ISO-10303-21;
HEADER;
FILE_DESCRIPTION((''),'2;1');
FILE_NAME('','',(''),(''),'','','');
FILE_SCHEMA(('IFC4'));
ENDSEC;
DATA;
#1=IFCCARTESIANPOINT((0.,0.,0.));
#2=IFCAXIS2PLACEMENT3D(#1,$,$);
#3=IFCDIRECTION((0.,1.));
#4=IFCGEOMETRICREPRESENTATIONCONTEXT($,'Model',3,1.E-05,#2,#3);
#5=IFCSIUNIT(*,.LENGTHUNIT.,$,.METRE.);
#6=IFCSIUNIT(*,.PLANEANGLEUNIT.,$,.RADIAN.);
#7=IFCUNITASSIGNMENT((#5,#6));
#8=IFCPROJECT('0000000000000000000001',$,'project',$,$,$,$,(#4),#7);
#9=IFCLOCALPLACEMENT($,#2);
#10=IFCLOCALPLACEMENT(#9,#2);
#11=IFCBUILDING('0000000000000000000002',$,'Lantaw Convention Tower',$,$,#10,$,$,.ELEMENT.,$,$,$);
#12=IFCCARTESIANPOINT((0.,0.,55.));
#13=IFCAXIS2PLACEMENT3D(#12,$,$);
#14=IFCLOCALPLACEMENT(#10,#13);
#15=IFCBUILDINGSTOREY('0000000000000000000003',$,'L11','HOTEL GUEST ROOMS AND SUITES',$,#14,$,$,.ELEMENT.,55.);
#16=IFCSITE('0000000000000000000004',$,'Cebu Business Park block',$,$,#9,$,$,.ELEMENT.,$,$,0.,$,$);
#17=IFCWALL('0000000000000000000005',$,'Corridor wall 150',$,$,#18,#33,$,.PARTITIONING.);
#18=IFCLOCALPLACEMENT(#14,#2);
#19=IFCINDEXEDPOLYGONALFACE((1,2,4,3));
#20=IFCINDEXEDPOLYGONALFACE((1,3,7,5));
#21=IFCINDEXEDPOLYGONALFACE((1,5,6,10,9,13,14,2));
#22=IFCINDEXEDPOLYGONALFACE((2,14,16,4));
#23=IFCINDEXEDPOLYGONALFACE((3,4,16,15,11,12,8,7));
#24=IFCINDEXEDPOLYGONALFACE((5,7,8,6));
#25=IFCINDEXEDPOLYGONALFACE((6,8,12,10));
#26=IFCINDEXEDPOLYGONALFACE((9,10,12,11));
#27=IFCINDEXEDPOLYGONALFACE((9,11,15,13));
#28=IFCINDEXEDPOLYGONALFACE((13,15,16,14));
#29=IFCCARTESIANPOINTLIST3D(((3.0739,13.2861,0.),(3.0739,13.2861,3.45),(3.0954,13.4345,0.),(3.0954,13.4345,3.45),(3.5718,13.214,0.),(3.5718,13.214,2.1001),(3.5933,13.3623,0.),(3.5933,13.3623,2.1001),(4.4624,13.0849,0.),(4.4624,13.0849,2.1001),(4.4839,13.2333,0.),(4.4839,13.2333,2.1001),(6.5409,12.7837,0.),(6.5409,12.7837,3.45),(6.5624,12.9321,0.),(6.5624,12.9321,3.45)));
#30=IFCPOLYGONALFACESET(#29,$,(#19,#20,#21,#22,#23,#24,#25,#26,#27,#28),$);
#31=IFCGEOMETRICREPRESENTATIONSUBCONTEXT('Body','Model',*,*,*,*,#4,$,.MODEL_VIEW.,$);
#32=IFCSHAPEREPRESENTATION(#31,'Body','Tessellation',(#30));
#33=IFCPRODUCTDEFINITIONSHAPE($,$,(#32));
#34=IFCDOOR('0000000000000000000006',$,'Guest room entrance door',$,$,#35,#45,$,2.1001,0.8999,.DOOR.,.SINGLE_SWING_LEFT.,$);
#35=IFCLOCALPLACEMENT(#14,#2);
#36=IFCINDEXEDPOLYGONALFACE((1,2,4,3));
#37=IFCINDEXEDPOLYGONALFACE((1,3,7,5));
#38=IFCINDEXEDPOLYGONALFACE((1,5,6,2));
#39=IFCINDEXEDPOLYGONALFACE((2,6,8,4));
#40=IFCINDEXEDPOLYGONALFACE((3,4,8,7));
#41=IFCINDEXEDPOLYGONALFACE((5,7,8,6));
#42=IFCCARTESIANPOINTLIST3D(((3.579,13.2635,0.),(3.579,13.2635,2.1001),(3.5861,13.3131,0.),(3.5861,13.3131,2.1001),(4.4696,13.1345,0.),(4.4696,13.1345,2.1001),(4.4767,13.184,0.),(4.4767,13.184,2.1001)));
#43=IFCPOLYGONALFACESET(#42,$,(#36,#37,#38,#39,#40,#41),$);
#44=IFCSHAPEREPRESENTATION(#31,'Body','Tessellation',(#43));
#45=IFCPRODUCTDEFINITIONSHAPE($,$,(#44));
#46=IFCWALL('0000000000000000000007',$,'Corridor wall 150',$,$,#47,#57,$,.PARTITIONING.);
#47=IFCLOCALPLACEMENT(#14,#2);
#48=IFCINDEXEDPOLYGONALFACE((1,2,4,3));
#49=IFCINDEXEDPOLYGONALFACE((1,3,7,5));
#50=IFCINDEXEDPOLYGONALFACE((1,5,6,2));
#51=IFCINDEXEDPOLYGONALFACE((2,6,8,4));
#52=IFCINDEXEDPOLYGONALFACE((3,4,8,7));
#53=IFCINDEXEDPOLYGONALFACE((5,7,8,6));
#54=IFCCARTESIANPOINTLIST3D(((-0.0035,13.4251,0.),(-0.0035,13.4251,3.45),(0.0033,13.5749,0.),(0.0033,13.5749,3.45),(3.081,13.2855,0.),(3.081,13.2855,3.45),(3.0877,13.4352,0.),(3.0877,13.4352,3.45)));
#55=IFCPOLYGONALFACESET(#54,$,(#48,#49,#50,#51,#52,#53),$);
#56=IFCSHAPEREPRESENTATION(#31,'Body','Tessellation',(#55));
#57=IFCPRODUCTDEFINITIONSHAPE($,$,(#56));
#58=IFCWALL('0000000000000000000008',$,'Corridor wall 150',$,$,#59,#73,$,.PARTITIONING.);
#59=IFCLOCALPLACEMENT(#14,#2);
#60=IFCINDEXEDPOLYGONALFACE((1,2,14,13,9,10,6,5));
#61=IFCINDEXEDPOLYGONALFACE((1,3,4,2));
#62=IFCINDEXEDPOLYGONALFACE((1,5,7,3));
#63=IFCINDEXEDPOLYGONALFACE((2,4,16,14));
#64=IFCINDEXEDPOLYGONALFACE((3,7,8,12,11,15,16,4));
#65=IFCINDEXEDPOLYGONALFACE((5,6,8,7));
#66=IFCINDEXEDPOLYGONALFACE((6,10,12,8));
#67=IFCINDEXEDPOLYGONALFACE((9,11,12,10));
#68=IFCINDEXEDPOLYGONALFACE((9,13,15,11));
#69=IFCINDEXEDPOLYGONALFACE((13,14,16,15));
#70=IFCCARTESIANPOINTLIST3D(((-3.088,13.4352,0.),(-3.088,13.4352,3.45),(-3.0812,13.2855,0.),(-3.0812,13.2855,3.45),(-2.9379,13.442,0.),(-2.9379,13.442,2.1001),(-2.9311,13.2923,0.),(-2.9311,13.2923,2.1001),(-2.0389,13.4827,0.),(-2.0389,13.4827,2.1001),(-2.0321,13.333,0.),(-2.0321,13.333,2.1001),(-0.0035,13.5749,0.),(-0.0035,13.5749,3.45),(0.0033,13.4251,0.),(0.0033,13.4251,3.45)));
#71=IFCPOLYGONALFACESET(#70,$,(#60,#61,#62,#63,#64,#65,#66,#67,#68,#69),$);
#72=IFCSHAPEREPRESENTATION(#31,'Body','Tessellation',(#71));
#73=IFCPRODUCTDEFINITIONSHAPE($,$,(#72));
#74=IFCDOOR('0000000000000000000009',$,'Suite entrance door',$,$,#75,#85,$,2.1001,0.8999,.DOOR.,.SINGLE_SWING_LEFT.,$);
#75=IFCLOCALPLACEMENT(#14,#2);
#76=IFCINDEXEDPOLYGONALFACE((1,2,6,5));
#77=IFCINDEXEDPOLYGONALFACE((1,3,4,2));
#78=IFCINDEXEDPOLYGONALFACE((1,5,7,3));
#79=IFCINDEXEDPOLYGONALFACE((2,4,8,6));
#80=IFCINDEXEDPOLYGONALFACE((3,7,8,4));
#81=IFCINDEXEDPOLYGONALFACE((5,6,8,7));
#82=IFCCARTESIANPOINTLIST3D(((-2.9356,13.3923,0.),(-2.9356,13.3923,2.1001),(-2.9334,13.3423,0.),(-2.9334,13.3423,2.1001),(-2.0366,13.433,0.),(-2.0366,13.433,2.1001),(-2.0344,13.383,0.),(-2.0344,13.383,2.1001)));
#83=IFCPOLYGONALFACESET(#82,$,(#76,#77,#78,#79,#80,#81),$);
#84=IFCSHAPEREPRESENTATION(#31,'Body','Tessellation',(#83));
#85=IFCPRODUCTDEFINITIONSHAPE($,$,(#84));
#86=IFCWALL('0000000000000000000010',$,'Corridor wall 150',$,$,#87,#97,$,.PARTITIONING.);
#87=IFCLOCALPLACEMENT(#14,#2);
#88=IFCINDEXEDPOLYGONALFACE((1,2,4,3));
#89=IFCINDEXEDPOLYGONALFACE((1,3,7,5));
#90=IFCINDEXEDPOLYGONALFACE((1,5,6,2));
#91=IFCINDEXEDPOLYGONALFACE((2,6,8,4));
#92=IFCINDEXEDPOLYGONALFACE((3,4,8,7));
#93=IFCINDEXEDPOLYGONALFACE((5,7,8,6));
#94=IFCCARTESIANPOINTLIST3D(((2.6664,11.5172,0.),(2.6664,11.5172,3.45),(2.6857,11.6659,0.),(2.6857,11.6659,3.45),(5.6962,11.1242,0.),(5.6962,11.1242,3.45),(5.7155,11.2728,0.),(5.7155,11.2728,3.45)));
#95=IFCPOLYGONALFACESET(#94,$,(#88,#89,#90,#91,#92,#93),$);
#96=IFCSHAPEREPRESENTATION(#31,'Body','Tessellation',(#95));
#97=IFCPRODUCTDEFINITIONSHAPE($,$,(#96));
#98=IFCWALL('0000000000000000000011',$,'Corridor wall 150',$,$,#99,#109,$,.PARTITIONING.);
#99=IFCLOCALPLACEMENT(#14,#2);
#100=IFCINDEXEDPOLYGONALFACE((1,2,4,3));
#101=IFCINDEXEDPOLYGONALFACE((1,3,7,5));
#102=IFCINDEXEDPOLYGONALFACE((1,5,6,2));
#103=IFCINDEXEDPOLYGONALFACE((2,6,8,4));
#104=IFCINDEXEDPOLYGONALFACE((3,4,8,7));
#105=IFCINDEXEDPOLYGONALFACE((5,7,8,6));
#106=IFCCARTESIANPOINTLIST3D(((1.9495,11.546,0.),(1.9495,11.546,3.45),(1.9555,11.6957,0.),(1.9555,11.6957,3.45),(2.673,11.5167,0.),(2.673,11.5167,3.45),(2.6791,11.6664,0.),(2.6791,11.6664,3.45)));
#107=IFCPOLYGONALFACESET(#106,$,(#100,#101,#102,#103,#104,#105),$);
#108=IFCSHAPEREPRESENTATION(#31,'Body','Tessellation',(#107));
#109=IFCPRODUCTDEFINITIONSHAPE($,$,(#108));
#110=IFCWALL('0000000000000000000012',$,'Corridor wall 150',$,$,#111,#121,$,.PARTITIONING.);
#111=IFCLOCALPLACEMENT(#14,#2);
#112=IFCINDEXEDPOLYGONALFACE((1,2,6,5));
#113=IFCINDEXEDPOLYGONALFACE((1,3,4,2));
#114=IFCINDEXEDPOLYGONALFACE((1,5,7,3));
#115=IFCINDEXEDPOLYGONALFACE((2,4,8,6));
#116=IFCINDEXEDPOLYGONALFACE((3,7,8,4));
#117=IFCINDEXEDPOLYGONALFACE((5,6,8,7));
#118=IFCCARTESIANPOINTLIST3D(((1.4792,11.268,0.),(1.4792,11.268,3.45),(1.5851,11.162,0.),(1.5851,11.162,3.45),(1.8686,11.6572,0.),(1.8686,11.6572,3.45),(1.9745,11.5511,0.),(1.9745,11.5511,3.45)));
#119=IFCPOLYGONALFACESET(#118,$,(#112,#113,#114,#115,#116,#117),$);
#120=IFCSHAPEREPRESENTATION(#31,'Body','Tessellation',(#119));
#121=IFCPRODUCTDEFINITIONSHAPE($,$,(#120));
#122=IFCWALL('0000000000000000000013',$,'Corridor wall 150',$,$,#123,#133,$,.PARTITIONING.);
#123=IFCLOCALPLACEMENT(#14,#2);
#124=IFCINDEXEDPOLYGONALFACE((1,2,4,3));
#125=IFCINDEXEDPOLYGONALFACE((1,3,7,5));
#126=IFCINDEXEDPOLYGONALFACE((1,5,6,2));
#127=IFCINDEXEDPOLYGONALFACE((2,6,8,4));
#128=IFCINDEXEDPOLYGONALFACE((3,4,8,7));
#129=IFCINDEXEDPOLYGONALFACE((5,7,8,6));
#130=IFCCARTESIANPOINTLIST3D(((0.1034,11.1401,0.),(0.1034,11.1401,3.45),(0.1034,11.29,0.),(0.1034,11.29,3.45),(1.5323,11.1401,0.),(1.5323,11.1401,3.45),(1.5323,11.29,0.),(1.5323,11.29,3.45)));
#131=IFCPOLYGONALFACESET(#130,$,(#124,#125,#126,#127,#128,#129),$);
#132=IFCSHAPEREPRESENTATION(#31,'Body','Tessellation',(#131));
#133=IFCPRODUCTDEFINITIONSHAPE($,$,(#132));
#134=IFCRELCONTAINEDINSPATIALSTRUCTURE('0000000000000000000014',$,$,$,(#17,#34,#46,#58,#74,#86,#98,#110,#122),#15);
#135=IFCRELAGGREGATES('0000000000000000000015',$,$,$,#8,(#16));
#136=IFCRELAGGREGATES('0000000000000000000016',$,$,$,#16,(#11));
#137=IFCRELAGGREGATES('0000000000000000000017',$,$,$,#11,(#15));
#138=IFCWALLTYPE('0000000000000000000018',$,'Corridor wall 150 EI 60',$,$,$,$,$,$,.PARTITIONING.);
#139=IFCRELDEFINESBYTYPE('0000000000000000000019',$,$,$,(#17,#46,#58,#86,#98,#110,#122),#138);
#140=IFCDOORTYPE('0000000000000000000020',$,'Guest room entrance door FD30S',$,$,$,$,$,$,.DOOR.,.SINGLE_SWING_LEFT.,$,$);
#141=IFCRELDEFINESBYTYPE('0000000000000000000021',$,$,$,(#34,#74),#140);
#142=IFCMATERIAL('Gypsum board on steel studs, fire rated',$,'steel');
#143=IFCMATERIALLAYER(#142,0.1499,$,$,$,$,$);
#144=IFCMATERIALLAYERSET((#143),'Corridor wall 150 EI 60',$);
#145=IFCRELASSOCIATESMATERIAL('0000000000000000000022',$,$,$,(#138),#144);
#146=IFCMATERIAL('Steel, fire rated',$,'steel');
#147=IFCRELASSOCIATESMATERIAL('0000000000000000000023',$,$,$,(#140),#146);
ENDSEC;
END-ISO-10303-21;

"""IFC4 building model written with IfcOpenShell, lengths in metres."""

from ifc_helpers import new_model, si_unit, direction, frame, frame_2d, origin, place, context, subcontext, project, spatial, rectangle, extrude, material, layer, layer_set, type_object, element, fill, save


model = new_model("IFC4")

# Units and contexts
model_context = context("Model", 3, precision=1e-05, world=origin(), true_north=direction((0.0, 1.0)))
body_context = subcontext(model_context, "Body", "Model", "MODEL_VIEW")
ifc_project = project(units=[si_unit("LENGTHUNIT", "METRE"), si_unit("PLANEANGLEUNIT", "RADIAN")], contexts=[model_context])

# Site, building, storey
site_placement = place(None, origin())
site = spatial("IfcSite", under=ifc_project, at=site_placement, Name="Cebu Business Park block", CompositionType="ELEMENT", RefElevation=0.0)
building_placement = place(site_placement, origin())
building = spatial("IfcBuilding", under=site, at=building_placement, Name="Lantaw Convention Tower", CompositionType="ELEMENT")
storey_placement = place(building_placement, frame((0.0, 0.0, 55.0)))
storey = spatial("IfcBuildingStorey", under=building, at=storey_placement, Name="L11", Description="HOTEL GUEST ROOMS AND SUITES", CompositionType="ELEMENT", Elevation=55.0)

# Wall, opening, door
ifc_material_1 = material(Name="Gypsum board on steel studs, fire rated", Category="steel")
ifc_layer_1 = layer(ifc_material_1, 0.1499)
ifc_layer_set_1 = layer_set([ifc_layer_1], Name="Corridor wall 150 EI 60")
wall_type_1 = type_object("IfcWallType", Name="Corridor wall 150 EI 60", PredefinedType="PARTITIONING", material=ifc_layer_set_1)
ifc_material_2 = material(Name="Steel, fire rated", Category="steel")
door_type_1 = type_object("IfcDoorType", Name="Guest room entrance door FD30S", OperationType="SINGLE_SWING_LEFT", PredefinedType="DOOR", material=ifc_material_2)
wall_1_placement = place(storey_placement, frame((6.5515, 12.8579, 0.0), z_axis=(0.0, 0.0, 1.0), x_axis=(-0.989662, 0.143421, 0.0)))
wall_1 = element("IfcWall", 1, at=wall_1_placement, inside=storey, type_object=wall_type_1, Name="Corridor wall 150", PredefinedType="PARTITIONING", context=body_context, shape_type="SweptSolid", body=[
    extrude(rectangle(XDim=3.5032, YDim=0.1499, at=frame_2d((1.7515, 0.0))), origin(), (0.0, 0.0, 1.0), 3.45),
])
opening_1_placement = place(wall_1_placement, frame((2.1001, 0.0, 0.0)))
opening_1 = element("IfcOpeningElement", 2, at=opening_1_placement, cuts=wall_1, PredefinedType="OPENING", context=body_context, shape_type="SweptSolid", body=[
    extrude(rectangle(XDim=0.8999, YDim=2.1001, at=frame_2d((0.45, 1.05))), frame((0.0, 0.085, 0.0), z_axis=(0.0, -1.0, 0.0), x_axis=(1.0, 0.0, 0.0)), (0.0, 0.0, 1.0), 0.1699),
])
door_1_placement = place(opening_1_placement, origin())
door_1 = element("IfcDoor", 3, at=door_1_placement, inside=storey, type_object=door_type_1, Name="Guest room entrance door", OperationType="SINGLE_SWING_LEFT", OverallHeight=2.1001, OverallWidth=0.8999, PredefinedType="DOOR", context=body_context, shape_type="SweptSolid", body=[
    extrude(rectangle(XDim=0.8999, YDim=2.1001, at=frame_2d((0.45, 1.05))), frame((0.0, 0.0249, 0.0), z_axis=(0.0, -1.0, 0.0), x_axis=(1.0, 0.0, 0.0)), (0.0, 0.0, 1.0), 0.05),
])
fill(opening_1, door_1)

# Wall
wall_2_placement = place(storey_placement, frame((3.0845, 13.3604, 0.0), z_axis=(0.0, 0.0, 1.0), x_axis=(-0.998977, 0.045228, 0.0)))
element("IfcWall", 4, at=wall_2_placement, inside=storey, type_object=wall_type_1, Name="Corridor wall 150", PredefinedType="PARTITIONING", context=body_context, shape_type="SweptSolid", body=[
    extrude(rectangle(XDim=3.0876, YDim=0.1499, at=frame_2d((1.5439, 0.0))), origin(), (0.0, 0.0, 1.0), 3.45),
])

# Wall, opening, door
wall_3_placement = place(storey_placement, frame((0.0, 13.5, 0.0), z_axis=(0.0, 0.0, 1.0), x_axis=(-0.998977, -0.045228, 0.0)))
wall_3 = element("IfcWall", 5, at=wall_3_placement, inside=storey, type_object=wall_type_1, Name="Corridor wall 150", PredefinedType="PARTITIONING", context=body_context, shape_type="SweptSolid", body=[
    extrude(rectangle(XDim=3.0876, YDim=0.1499, at=frame_2d((1.5439, 0.0))), origin(), (0.0, 0.0, 1.0), 3.45),
])
opening_2_placement = place(wall_3_placement, frame((2.0376, 0.0, 0.0)))
opening_2 = element("IfcOpeningElement", 6, at=opening_2_placement, cuts=wall_3, PredefinedType="OPENING", context=body_context, shape_type="SweptSolid", body=[
    extrude(rectangle(XDim=0.8999, YDim=2.1001, at=frame_2d((0.45, 1.05))), frame((0.0, 0.085, 0.0), z_axis=(0.0, -1.0, 0.0), x_axis=(1.0, 0.0, 0.0)), (0.0, 0.0, 1.0), 0.1699),
])
door_2_placement = place(opening_2_placement, origin())
door_2 = element("IfcDoor", 7, at=door_2_placement, inside=storey, type_object=door_type_1, Name="Suite entrance door", OperationType="SINGLE_SWING_LEFT", OverallHeight=2.1001, OverallWidth=0.8999, PredefinedType="DOOR", context=body_context, shape_type="SweptSolid", body=[
    extrude(rectangle(XDim=0.8999, YDim=2.1001, at=frame_2d((0.45, 1.05))), frame((0.0, 0.0249, 0.0), z_axis=(0.0, -1.0, 0.0), x_axis=(1.0, 0.0, 0.0)), (0.0, 0.0, 1.0), 0.05),
])
fill(opening_2, door_2)

# Walls
wall_4_placement = place(storey_placement, frame((5.7058, 11.1985, 0.0), z_axis=(0.0, 0.0, 1.0), x_axis=(-0.991689, 0.128656, 0.0)))
element("IfcWall", 8, at=wall_4_placement, inside=storey, type_object=wall_type_1, Name="Corridor wall 150", PredefinedType="PARTITIONING", context=body_context, shape_type="SweptSolid", body=[
    extrude(rectangle(XDim=3.0552, YDim=0.1499, at=frame_2d((1.5276, 0.0))), origin(), (0.0, 0.0, 1.0), 3.45),
])
wall_5_placement = place(storey_placement, frame((2.676, 11.5916, 0.0), z_axis=(0.0, 0.0, 1.0), x_axis=(-0.999181, 0.040453, 0.0)))
element("IfcWall", 9, at=wall_5_placement, inside=storey, type_object=wall_type_1, Name="Corridor wall 150", PredefinedType="PARTITIONING", context=body_context, shape_type="SweptSolid", body=[
    extrude(rectangle(XDim=0.7241, YDim=0.1499, at=frame_2d((0.3621, 0.0))), origin(), (0.0, 0.0, 1.0), 3.45),
])
wall_6_placement = place(storey_placement, frame((1.9216, 11.6042, 0.0), z_axis=(0.0, 0.0, 1.0), x_axis=(-0.707328, -0.706885, 0.0)))
element("IfcWall", 10, at=wall_6_placement, inside=storey, type_object=wall_type_1, Name="Corridor wall 150", PredefinedType="PARTITIONING", context=body_context, shape_type="SweptSolid", body=[
    extrude(rectangle(XDim=0.5505, YDim=0.1499, at=frame_2d((0.2754, 0.0))), origin(), (0.0, 0.0, 1.0), 3.45),
])
wall_7_placement = place(storey_placement, frame((1.5322, 11.2151, 0.0), z_axis=(0.0, 0.0, 1.0), x_axis=(-1.0, 0.0, 0.0)))
element("IfcWall", 11, at=wall_7_placement, inside=storey, type_object=wall_type_1, Name="Corridor wall 150", PredefinedType="PARTITIONING", context=body_context, shape_type="SweptSolid", body=[
    extrude(rectangle(XDim=1.429, YDim=0.1499, at=frame_2d((0.7144, 0.0))), origin(), (0.0, 0.0, 1.0), 3.45),
])

save(model, "model.ifc")
